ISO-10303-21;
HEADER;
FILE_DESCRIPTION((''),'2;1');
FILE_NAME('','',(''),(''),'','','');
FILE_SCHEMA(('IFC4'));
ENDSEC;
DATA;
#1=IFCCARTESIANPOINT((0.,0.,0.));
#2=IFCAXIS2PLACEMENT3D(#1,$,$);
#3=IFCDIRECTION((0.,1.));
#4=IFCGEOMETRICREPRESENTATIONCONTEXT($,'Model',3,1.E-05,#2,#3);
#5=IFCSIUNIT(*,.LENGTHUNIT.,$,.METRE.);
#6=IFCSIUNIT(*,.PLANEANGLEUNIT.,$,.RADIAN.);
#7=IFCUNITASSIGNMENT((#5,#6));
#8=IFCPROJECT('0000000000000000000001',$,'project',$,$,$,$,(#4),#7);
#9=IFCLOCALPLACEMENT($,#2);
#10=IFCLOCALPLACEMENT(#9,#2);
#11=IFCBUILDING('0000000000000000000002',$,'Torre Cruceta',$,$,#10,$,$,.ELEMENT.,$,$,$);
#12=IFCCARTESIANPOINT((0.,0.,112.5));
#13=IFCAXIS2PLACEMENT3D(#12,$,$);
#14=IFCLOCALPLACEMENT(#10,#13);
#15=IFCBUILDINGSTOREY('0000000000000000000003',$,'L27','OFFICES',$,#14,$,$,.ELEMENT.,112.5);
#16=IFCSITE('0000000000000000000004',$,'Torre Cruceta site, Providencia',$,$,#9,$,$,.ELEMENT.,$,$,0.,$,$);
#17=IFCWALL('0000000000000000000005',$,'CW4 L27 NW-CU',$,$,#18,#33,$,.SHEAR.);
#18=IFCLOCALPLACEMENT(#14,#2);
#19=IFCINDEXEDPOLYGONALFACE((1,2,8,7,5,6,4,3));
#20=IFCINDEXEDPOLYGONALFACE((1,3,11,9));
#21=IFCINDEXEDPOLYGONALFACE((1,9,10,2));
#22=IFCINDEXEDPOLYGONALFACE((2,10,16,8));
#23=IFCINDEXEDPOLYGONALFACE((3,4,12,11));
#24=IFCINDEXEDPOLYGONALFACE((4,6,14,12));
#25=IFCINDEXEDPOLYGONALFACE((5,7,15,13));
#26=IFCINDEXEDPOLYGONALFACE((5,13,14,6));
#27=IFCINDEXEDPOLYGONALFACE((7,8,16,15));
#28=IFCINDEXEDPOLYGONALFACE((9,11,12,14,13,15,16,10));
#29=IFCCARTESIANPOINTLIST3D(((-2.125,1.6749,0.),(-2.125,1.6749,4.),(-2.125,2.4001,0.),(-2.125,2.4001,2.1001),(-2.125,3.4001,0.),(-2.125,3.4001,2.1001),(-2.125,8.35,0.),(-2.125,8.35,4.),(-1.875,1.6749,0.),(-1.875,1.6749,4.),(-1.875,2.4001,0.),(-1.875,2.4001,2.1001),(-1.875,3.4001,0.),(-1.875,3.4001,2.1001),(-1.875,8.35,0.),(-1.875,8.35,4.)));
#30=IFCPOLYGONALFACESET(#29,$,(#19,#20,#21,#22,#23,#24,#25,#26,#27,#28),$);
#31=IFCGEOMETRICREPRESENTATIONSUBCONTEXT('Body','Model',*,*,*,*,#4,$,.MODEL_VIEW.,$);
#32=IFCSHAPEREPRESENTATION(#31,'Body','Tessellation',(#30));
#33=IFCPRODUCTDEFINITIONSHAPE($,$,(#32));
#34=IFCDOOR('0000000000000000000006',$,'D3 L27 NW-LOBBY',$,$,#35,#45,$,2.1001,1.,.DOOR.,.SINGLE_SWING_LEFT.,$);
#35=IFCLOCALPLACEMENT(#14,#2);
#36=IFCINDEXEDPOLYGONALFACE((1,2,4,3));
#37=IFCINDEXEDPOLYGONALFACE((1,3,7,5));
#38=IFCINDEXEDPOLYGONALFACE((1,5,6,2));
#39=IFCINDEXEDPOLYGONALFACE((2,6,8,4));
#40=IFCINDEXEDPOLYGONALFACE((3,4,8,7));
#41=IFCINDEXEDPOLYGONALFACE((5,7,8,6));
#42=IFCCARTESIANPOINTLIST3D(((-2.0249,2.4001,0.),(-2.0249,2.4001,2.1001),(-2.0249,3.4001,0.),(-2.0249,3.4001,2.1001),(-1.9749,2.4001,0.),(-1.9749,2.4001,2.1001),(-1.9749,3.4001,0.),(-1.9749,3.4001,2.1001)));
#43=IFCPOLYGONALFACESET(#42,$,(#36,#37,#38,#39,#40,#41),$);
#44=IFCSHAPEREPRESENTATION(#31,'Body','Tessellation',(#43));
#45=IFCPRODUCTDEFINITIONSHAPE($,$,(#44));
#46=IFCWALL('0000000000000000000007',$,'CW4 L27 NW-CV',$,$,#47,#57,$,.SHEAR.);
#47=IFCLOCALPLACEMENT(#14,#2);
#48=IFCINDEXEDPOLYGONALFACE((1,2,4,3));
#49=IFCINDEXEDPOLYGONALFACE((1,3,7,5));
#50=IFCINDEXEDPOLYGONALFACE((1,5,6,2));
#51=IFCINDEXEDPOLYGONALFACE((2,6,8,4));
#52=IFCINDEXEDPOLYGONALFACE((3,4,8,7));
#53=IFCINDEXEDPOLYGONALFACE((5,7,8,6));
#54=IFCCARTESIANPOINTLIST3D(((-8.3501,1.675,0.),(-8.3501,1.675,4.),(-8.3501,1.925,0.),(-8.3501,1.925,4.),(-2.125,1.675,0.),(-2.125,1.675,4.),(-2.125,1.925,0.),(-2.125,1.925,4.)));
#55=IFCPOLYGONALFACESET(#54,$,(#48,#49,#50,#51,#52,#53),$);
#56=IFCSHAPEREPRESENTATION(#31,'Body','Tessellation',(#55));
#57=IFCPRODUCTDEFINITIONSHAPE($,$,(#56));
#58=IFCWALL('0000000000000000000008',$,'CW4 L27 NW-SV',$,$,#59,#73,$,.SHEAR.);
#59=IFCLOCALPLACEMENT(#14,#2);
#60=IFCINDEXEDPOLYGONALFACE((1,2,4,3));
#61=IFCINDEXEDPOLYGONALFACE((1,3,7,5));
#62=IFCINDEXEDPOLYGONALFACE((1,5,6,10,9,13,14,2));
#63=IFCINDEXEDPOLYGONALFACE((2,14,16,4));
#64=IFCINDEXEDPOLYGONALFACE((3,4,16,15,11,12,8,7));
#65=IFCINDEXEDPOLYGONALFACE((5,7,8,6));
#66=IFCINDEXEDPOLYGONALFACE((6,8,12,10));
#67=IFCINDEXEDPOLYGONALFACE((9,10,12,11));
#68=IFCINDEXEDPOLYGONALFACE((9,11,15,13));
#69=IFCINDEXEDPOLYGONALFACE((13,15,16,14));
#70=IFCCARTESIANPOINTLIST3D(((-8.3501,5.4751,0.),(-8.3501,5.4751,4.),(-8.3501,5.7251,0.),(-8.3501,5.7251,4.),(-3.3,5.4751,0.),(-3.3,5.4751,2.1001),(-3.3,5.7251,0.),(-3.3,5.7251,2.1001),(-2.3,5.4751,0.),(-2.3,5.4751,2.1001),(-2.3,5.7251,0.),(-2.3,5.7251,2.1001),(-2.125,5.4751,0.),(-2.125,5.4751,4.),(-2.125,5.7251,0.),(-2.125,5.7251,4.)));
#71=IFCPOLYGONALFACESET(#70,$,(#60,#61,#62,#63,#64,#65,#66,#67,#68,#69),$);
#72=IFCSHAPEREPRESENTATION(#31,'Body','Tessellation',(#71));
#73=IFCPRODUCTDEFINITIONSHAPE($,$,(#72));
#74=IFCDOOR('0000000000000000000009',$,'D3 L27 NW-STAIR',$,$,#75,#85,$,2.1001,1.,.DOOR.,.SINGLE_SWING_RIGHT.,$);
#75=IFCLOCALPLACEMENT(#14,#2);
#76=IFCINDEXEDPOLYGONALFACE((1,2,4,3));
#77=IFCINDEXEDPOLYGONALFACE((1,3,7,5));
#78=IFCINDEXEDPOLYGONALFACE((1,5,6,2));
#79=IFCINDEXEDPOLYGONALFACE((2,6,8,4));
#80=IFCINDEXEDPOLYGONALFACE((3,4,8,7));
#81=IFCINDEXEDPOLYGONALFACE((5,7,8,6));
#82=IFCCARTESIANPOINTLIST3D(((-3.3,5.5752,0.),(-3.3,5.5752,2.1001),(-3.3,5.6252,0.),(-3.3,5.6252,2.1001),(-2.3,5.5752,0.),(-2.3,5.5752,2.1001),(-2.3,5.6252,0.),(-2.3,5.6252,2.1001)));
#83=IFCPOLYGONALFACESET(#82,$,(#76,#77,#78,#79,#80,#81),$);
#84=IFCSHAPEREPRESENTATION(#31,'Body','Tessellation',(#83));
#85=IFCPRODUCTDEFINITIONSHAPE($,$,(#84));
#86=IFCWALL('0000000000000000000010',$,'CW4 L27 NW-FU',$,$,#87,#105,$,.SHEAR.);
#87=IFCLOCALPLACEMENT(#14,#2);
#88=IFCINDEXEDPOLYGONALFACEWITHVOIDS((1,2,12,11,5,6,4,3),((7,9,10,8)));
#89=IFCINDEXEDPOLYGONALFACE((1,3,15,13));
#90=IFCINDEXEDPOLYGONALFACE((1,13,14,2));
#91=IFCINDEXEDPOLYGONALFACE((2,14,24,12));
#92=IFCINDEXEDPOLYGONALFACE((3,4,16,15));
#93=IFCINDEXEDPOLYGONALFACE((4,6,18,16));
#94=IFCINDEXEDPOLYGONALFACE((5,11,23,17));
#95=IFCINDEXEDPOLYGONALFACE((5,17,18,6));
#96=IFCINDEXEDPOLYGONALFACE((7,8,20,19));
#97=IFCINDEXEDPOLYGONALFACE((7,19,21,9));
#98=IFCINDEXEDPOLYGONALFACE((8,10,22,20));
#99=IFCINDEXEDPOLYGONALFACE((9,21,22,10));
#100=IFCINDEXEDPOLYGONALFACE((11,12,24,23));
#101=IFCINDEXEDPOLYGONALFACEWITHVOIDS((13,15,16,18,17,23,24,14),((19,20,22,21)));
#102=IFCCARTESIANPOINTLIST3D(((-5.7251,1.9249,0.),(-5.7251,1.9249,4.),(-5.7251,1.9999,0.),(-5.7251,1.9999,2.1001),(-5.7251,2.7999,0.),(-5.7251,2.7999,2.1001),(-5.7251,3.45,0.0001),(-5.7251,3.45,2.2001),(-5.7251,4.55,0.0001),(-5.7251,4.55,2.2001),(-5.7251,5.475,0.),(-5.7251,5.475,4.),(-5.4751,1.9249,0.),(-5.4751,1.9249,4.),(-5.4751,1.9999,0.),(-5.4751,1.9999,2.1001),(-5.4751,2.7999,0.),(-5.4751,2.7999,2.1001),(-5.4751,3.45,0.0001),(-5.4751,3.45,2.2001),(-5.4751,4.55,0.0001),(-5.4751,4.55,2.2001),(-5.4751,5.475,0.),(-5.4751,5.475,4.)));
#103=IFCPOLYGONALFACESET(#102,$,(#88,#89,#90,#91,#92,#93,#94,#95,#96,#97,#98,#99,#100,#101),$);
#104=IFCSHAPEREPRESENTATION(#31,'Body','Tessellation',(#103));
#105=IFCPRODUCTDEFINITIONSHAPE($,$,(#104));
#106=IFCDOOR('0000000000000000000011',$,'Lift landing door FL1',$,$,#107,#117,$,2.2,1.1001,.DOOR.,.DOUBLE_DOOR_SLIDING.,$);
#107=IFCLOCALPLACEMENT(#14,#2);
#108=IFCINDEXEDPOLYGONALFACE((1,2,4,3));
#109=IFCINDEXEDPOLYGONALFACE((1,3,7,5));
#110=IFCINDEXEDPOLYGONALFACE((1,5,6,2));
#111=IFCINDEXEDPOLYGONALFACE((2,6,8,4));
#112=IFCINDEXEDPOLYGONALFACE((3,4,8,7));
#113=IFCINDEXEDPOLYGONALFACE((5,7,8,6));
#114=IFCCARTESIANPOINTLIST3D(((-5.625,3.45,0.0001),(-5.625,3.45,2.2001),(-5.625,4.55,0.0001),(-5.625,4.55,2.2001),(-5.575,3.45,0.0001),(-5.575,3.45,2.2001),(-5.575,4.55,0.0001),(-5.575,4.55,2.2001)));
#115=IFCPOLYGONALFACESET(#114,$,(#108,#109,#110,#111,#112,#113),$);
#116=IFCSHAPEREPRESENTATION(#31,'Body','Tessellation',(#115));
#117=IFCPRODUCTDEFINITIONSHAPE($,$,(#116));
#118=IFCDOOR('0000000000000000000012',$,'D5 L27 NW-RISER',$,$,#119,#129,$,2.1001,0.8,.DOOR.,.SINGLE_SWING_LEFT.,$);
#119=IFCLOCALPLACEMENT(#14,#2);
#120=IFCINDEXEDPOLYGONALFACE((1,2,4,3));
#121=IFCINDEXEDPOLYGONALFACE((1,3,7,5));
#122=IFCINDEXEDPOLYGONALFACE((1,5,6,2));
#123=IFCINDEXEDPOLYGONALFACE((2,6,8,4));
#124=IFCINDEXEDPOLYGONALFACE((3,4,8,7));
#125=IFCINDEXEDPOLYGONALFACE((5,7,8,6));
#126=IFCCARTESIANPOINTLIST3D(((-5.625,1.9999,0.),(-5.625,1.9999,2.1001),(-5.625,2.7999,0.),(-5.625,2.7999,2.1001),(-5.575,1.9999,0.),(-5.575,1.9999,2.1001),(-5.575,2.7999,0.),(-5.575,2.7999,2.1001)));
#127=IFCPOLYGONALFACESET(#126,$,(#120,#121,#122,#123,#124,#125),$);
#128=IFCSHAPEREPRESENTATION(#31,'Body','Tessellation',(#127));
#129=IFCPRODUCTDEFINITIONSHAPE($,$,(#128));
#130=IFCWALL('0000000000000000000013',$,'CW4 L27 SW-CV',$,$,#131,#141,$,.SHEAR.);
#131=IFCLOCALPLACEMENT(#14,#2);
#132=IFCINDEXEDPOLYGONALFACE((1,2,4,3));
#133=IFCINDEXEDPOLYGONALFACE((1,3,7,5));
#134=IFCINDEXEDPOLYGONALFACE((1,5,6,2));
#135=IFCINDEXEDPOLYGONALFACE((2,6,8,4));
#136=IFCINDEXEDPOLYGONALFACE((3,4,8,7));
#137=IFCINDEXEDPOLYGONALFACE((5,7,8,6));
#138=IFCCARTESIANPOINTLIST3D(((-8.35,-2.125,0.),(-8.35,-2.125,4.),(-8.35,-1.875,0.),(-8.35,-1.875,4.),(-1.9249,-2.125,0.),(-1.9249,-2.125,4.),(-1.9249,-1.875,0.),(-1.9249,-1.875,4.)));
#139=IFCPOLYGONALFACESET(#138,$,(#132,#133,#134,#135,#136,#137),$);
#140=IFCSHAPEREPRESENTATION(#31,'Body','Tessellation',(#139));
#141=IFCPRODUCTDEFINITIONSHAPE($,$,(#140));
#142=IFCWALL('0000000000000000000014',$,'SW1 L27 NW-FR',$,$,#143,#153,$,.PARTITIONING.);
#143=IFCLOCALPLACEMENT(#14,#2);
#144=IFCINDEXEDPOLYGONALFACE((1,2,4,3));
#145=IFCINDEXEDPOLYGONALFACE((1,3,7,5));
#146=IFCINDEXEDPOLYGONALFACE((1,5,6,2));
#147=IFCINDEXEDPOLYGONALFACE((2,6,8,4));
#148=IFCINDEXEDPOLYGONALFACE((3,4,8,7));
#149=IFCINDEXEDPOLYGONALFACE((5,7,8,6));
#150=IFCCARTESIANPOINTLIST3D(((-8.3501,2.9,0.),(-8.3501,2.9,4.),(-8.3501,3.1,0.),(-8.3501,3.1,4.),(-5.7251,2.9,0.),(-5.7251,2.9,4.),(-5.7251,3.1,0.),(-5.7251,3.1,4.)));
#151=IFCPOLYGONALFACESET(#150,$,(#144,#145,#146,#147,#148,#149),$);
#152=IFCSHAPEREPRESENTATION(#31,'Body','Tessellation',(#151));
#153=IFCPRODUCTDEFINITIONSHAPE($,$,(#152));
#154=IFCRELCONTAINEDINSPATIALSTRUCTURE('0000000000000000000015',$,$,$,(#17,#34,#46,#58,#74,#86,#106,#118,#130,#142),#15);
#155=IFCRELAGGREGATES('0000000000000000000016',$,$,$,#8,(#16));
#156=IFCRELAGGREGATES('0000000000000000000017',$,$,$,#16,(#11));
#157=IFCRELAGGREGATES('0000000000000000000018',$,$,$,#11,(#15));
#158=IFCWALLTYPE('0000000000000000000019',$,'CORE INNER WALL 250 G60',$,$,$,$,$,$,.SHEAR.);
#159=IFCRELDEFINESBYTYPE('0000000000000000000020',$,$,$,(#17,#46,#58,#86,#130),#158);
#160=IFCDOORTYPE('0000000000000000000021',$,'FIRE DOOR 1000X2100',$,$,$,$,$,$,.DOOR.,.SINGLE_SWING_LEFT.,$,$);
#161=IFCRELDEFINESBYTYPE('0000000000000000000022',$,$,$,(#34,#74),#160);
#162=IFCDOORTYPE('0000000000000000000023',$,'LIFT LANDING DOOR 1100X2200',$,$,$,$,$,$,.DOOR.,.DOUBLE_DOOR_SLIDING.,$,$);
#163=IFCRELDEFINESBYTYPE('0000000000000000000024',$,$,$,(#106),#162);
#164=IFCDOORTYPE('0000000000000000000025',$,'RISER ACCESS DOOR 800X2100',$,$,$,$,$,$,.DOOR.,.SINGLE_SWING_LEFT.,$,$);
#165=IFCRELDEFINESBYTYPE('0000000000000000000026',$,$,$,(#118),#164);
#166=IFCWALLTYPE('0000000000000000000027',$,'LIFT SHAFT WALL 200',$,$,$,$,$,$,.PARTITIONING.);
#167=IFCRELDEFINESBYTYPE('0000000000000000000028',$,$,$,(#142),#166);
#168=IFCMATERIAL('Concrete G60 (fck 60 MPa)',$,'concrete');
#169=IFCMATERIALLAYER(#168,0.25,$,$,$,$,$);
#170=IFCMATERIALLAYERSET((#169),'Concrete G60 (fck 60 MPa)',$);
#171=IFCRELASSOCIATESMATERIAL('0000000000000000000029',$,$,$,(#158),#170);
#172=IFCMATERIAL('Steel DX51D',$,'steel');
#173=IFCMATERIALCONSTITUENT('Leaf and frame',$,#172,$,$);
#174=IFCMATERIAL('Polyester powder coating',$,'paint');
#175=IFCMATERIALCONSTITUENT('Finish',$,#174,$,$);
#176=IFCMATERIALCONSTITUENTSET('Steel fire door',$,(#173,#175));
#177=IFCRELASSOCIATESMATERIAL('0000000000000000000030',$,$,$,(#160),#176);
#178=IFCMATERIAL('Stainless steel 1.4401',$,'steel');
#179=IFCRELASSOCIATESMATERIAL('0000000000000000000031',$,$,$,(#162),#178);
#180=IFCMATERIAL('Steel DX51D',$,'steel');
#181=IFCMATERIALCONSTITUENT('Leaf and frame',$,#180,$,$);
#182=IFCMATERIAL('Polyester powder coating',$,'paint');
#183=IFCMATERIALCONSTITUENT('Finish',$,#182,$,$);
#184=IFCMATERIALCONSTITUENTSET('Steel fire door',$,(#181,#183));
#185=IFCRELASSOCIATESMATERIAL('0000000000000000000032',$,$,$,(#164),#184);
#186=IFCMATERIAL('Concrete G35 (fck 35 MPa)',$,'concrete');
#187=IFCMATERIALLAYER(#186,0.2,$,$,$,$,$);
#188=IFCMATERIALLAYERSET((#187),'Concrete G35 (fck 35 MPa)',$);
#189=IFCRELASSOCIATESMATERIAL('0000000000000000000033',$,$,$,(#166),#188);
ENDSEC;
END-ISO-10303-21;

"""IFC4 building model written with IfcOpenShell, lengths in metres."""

from ifc_helpers import new_model, si_unit, direction, frame, frame_2d, origin, place, context, subcontext, project, spatial, rectangle, extrude, material, layer, layer_set, constituent, constituent_set, type_object, element, fill, save


model = new_model("IFC4")

# Units and contexts
model_context = context("Model", 3, precision=1e-05, world=origin(), true_north=direction((0.0, 1.0)))
body_context = subcontext(model_context, "Body", "Model", "MODEL_VIEW")
ifc_project = project(units=[si_unit("LENGTHUNIT", "METRE"), si_unit("PLANEANGLEUNIT", "RADIAN")], contexts=[model_context])

# Site, building, storey
site_placement = place(None, origin())
site = spatial("IfcSite", under=ifc_project, at=site_placement, Name="Torre Cruceta site, Providencia", CompositionType="ELEMENT", RefElevation=0.0)
building_placement = place(site_placement, origin())
building = spatial("IfcBuilding", under=site, at=building_placement, Name="Torre Cruceta", CompositionType="ELEMENT")
storey_placement = place(building_placement, frame((0.0, 0.0, 112.5)))
storey = spatial("IfcBuildingStorey", under=building, at=storey_placement, Name="L27", Description="OFFICES", CompositionType="ELEMENT", Elevation=112.5)

# Wall, opening, door
ifc_material_1 = material(Name="Concrete G60 (fck 60 MPa)", Category="concrete")
ifc_layer_1 = layer(ifc_material_1, 0.25)
ifc_layer_set_1 = layer_set([ifc_layer_1], Name="Concrete G60 (fck 60 MPa)")
wall_type_1 = type_object("IfcWallType", Name="CORE INNER WALL 250 G60", PredefinedType="SHEAR", material=ifc_layer_set_1)
wall_1_placement = place(storey_placement, frame((-2.0, 1.675, 0.0), z_axis=(0.0, 0.0, 1.0), x_axis=(0.0, 1.0, 0.0)))
wall_1 = element("IfcWall", 1, at=wall_1_placement, inside=storey, type_object=wall_type_1, Name="CW4 L27 NW-CU", PredefinedType="SHEAR", context=body_context, shape_type="SweptSolid", body=[
    extrude(rectangle(XDim=6.675, YDim=0.25, at=frame_2d((3.3374, 0.0))), origin(), (0.0, 0.0, 1.0), 4.0),
])
opening_1_placement = place(wall_1_placement, frame((0.7251, 0.0, 0.0)))
opening_1 = element("IfcOpeningElement", 2, at=opening_1_placement, cuts=wall_1, PredefinedType="OPENING", context=body_context, shape_type="SweptSolid", body=[
    extrude(rectangle(XDim=1.0, YDim=2.1001, at=frame_2d((0.5, 1.05))), frame((0.0, 0.135, 0.0), z_axis=(0.0, -1.0, 0.0), x_axis=(1.0, 0.0, 0.0)), (0.0, 0.0, 1.0), 0.27),
])
ifc_material_2 = material(Name="Steel DX51D", Category="steel")
ifc_constituent_1 = constituent(ifc_material_2, Name="Leaf and frame")
ifc_material_3 = material(Name="Polyester powder coating", Category="paint")
ifc_constituent_2 = constituent(ifc_material_3, Name="Finish")
ifc_constituent_set_1 = constituent_set(constituents=[ifc_constituent_1, ifc_constituent_2], Name="Steel fire door")
door_type_1 = type_object("IfcDoorType", Name="FIRE DOOR 1000X2100", OperationType="SINGLE_SWING_LEFT", PredefinedType="DOOR", material=ifc_constituent_set_1)
door_1_placement = place(opening_1_placement, origin())
door_1 = element("IfcDoor", 3, at=door_1_placement, inside=storey, type_object=door_type_1, Name="D3 L27 NW-LOBBY", OperationType="SINGLE_SWING_LEFT", OverallHeight=2.1001, OverallWidth=1.0, PredefinedType="DOOR", context=body_context, shape_type="SweptSolid", body=[
    extrude(rectangle(XDim=1.0, YDim=2.1001, at=frame_2d((0.5, 1.05))), frame((0.0, 0.0249, 0.0), z_axis=(0.0, -1.0, 0.0), x_axis=(1.0, 0.0, 0.0)), (0.0, 0.0, 1.0), 0.05),
])
fill(opening_1, door_1)

# Wall
wall_2_placement = place(storey_placement, frame((-2.125, 1.8, 0.0), z_axis=(0.0, 0.0, 1.0), x_axis=(-1.0, 0.0, 0.0)))
element("IfcWall", 4, at=wall_2_placement, inside=storey, type_object=wall_type_1, Name="CW4 L27 NW-CV", PredefinedType="SHEAR", context=body_context, shape_type="SweptSolid", body=[
    extrude(rectangle(XDim=6.2251, YDim=0.25, at=frame_2d((3.1125, 0.0))), origin(), (0.0, 0.0, 1.0), 4.0),
])

# Wall, opening, door
wall_3_placement = place(storey_placement, frame((-2.125, 5.6001, 0.0), z_axis=(0.0, 0.0, 1.0), x_axis=(-1.0, 0.0, 0.0)))
wall_3 = element("IfcWall", 5, at=wall_3_placement, inside=storey, type_object=wall_type_1, Name="CW4 L27 NW-SV", PredefinedType="SHEAR", context=body_context, shape_type="SweptSolid", body=[
    extrude(rectangle(XDim=6.2251, YDim=0.25, at=frame_2d((3.1125, 0.0))), origin(), (0.0, 0.0, 1.0), 4.0),
])
opening_2_placement = place(wall_3_placement, frame((0.175, 0.0, 0.0)))
opening_2 = element("IfcOpeningElement", 6, at=opening_2_placement, cuts=wall_3, PredefinedType="OPENING", context=body_context, shape_type="SweptSolid", body=[
    extrude(rectangle(XDim=1.0, YDim=2.1001, at=frame_2d((0.5, 1.05))), frame((0.0, 0.135, 0.0), z_axis=(0.0, -1.0, 0.0), x_axis=(1.0, 0.0, 0.0)), (0.0, 0.0, 1.0), 0.27),
])
door_2_placement = place(opening_2_placement, frame((1.0, 0.0, 0.0), z_axis=(0.0, 0.0, 1.0), x_axis=(-1.0, 0.0, 0.0)))
door_2 = element("IfcDoor", 7, at=door_2_placement, inside=storey, type_object=door_type_1, Name="D3 L27 NW-STAIR", OperationType="SINGLE_SWING_RIGHT", OverallHeight=2.1001, OverallWidth=1.0, PredefinedType="DOOR", context=body_context, shape_type="SweptSolid", body=[
    extrude(rectangle(XDim=1.0, YDim=2.1001, at=frame_2d((0.5, 1.05))), frame((0.0, 0.0251, 0.0), z_axis=(0.0, -1.0, 0.0), x_axis=(1.0, 0.0, 0.0)), (0.0, 0.0, 1.0), 0.05),
])
fill(opening_2, door_2)

# Wall, openings, doors
wall_4_placement = place(storey_placement, frame((-5.6001, 1.925, 0.0), z_axis=(0.0, 0.0, 1.0), x_axis=(0.0, 1.0, 0.0)))
wall_4 = element("IfcWall", 8, at=wall_4_placement, inside=storey, type_object=wall_type_1, Name="CW4 L27 NW-FU", PredefinedType="SHEAR", context=body_context, shape_type="SweptSolid", body=[
    extrude(rectangle(XDim=3.55, YDim=0.25, at=frame_2d((1.7749, 0.0))), origin(), (0.0, 0.0, 1.0), 4.0),
])
opening_3_placement = place(wall_4_placement, frame((1.5249, 0.0, 0.0)))
opening_3 = element("IfcOpeningElement", 9, at=opening_3_placement, cuts=wall_4, PredefinedType="OPENING", context=body_context, shape_type="SweptSolid", body=[
    extrude(rectangle(XDim=1.1001, YDim=2.2, at=frame_2d((0.55, 1.1001))), frame((0.0, 0.135, 0.0), z_axis=(0.0, -1.0, 0.0), x_axis=(1.0, 0.0, 0.0)), (0.0, 0.0, 1.0), 0.27),
])
opening_4_placement = place(wall_4_placement, frame((0.075, 0.0, 0.0)))
opening_4 = element("IfcOpeningElement", 10, at=opening_4_placement, cuts=wall_4, PredefinedType="OPENING", context=body_context, shape_type="SweptSolid", body=[
    extrude(rectangle(XDim=0.8, YDim=2.1001, at=frame_2d((0.3999, 1.05))), frame((0.0, 0.135, 0.0), z_axis=(0.0, -1.0, 0.0), x_axis=(1.0, 0.0, 0.0)), (0.0, 0.0, 1.0), 0.27),
])
ifc_material_4 = material(Name="Stainless steel 1.4401", Category="steel")
door_type_2 = type_object("IfcDoorType", Name="LIFT LANDING DOOR 1100X2200", OperationType="DOUBLE_DOOR_SLIDING", PredefinedType="DOOR", material=ifc_material_4)
door_3_placement = place(opening_3_placement, origin())
door_3 = element("IfcDoor", 11, at=door_3_placement, inside=storey, type_object=door_type_2, Name="Lift landing door FL1", OperationType="DOUBLE_DOOR_SLIDING", OverallHeight=2.2, OverallWidth=1.1001, PredefinedType="DOOR", context=body_context, shape_type="SweptSolid", body=[
    extrude(rectangle(XDim=1.1001, YDim=2.2, at=frame_2d((0.55, 1.1001))), frame((0.0, 0.0249, 0.0), z_axis=(0.0, -1.0, 0.0), x_axis=(1.0, 0.0, 0.0)), (0.0, 0.0, 1.0), 0.05),
])
fill(opening_3, door_3)
ifc_material_5 = material(Name="Steel DX51D", Category="steel")
ifc_constituent_3 = constituent(ifc_material_5, Name="Leaf and frame")
ifc_material_6 = material(Name="Polyester powder coating", Category="paint")
ifc_constituent_4 = constituent(ifc_material_6, Name="Finish")
ifc_constituent_set_2 = constituent_set(constituents=[ifc_constituent_3, ifc_constituent_4], Name="Steel fire door")
door_type_3 = type_object("IfcDoorType", Name="RISER ACCESS DOOR 800X2100", OperationType="SINGLE_SWING_LEFT", PredefinedType="DOOR", material=ifc_constituent_set_2)
door_4_placement = place(opening_4_placement, origin())
door_4 = element("IfcDoor", 12, at=door_4_placement, inside=storey, type_object=door_type_3, Name="D5 L27 NW-RISER", OperationType="SINGLE_SWING_LEFT", OverallHeight=2.1001, OverallWidth=0.8, PredefinedType="DOOR", context=body_context, shape_type="SweptSolid", body=[
    extrude(rectangle(XDim=0.8, YDim=2.1001, at=frame_2d((0.3999, 1.05))), frame((0.0, 0.0249, 0.0), z_axis=(0.0, -1.0, 0.0), x_axis=(1.0, 0.0, 0.0)), (0.0, 0.0, 1.0), 0.05),
])
fill(opening_4, door_4)

# Walls
wall_5_placement = place(storey_placement, frame((-1.925, -2.0, 0.0), z_axis=(0.0, 0.0, 1.0), x_axis=(-1.0, 0.0, 0.0)))
element("IfcWall", 13, at=wall_5_placement, inside=storey, type_object=wall_type_1, Name="CW4 L27 SW-CV", PredefinedType="SHEAR", context=body_context, shape_type="SweptSolid", body=[
    extrude(rectangle(XDim=6.425, YDim=0.25, at=frame_2d((3.2124, 0.0))), origin(), (0.0, 0.0, 1.0), 4.0),
])
ifc_material_7 = material(Name="Concrete G35 (fck 35 MPa)", Category="concrete")
ifc_layer_2 = layer(ifc_material_7, 0.2)
ifc_layer_set_2 = layer_set([ifc_layer_2], Name="Concrete G35 (fck 35 MPa)")
wall_type_2 = type_object("IfcWallType", Name="LIFT SHAFT WALL 200", PredefinedType="PARTITIONING", material=ifc_layer_set_2)
wall_6_placement = place(storey_placement, frame((-5.7251, 3.0, 0.0), z_axis=(0.0, 0.0, 1.0), x_axis=(-1.0, 0.0, 0.0)))
element("IfcWall", 14, at=wall_6_placement, inside=storey, type_object=wall_type_2, Name="SW1 L27 NW-FR", PredefinedType="PARTITIONING", context=body_context, shape_type="SweptSolid", body=[
    extrude(rectangle(XDim=2.625, YDim=0.2, at=frame_2d((1.3125, 0.0))), origin(), (0.0, 0.0, 1.0), 4.0),
])

save(model, "model.ifc")
